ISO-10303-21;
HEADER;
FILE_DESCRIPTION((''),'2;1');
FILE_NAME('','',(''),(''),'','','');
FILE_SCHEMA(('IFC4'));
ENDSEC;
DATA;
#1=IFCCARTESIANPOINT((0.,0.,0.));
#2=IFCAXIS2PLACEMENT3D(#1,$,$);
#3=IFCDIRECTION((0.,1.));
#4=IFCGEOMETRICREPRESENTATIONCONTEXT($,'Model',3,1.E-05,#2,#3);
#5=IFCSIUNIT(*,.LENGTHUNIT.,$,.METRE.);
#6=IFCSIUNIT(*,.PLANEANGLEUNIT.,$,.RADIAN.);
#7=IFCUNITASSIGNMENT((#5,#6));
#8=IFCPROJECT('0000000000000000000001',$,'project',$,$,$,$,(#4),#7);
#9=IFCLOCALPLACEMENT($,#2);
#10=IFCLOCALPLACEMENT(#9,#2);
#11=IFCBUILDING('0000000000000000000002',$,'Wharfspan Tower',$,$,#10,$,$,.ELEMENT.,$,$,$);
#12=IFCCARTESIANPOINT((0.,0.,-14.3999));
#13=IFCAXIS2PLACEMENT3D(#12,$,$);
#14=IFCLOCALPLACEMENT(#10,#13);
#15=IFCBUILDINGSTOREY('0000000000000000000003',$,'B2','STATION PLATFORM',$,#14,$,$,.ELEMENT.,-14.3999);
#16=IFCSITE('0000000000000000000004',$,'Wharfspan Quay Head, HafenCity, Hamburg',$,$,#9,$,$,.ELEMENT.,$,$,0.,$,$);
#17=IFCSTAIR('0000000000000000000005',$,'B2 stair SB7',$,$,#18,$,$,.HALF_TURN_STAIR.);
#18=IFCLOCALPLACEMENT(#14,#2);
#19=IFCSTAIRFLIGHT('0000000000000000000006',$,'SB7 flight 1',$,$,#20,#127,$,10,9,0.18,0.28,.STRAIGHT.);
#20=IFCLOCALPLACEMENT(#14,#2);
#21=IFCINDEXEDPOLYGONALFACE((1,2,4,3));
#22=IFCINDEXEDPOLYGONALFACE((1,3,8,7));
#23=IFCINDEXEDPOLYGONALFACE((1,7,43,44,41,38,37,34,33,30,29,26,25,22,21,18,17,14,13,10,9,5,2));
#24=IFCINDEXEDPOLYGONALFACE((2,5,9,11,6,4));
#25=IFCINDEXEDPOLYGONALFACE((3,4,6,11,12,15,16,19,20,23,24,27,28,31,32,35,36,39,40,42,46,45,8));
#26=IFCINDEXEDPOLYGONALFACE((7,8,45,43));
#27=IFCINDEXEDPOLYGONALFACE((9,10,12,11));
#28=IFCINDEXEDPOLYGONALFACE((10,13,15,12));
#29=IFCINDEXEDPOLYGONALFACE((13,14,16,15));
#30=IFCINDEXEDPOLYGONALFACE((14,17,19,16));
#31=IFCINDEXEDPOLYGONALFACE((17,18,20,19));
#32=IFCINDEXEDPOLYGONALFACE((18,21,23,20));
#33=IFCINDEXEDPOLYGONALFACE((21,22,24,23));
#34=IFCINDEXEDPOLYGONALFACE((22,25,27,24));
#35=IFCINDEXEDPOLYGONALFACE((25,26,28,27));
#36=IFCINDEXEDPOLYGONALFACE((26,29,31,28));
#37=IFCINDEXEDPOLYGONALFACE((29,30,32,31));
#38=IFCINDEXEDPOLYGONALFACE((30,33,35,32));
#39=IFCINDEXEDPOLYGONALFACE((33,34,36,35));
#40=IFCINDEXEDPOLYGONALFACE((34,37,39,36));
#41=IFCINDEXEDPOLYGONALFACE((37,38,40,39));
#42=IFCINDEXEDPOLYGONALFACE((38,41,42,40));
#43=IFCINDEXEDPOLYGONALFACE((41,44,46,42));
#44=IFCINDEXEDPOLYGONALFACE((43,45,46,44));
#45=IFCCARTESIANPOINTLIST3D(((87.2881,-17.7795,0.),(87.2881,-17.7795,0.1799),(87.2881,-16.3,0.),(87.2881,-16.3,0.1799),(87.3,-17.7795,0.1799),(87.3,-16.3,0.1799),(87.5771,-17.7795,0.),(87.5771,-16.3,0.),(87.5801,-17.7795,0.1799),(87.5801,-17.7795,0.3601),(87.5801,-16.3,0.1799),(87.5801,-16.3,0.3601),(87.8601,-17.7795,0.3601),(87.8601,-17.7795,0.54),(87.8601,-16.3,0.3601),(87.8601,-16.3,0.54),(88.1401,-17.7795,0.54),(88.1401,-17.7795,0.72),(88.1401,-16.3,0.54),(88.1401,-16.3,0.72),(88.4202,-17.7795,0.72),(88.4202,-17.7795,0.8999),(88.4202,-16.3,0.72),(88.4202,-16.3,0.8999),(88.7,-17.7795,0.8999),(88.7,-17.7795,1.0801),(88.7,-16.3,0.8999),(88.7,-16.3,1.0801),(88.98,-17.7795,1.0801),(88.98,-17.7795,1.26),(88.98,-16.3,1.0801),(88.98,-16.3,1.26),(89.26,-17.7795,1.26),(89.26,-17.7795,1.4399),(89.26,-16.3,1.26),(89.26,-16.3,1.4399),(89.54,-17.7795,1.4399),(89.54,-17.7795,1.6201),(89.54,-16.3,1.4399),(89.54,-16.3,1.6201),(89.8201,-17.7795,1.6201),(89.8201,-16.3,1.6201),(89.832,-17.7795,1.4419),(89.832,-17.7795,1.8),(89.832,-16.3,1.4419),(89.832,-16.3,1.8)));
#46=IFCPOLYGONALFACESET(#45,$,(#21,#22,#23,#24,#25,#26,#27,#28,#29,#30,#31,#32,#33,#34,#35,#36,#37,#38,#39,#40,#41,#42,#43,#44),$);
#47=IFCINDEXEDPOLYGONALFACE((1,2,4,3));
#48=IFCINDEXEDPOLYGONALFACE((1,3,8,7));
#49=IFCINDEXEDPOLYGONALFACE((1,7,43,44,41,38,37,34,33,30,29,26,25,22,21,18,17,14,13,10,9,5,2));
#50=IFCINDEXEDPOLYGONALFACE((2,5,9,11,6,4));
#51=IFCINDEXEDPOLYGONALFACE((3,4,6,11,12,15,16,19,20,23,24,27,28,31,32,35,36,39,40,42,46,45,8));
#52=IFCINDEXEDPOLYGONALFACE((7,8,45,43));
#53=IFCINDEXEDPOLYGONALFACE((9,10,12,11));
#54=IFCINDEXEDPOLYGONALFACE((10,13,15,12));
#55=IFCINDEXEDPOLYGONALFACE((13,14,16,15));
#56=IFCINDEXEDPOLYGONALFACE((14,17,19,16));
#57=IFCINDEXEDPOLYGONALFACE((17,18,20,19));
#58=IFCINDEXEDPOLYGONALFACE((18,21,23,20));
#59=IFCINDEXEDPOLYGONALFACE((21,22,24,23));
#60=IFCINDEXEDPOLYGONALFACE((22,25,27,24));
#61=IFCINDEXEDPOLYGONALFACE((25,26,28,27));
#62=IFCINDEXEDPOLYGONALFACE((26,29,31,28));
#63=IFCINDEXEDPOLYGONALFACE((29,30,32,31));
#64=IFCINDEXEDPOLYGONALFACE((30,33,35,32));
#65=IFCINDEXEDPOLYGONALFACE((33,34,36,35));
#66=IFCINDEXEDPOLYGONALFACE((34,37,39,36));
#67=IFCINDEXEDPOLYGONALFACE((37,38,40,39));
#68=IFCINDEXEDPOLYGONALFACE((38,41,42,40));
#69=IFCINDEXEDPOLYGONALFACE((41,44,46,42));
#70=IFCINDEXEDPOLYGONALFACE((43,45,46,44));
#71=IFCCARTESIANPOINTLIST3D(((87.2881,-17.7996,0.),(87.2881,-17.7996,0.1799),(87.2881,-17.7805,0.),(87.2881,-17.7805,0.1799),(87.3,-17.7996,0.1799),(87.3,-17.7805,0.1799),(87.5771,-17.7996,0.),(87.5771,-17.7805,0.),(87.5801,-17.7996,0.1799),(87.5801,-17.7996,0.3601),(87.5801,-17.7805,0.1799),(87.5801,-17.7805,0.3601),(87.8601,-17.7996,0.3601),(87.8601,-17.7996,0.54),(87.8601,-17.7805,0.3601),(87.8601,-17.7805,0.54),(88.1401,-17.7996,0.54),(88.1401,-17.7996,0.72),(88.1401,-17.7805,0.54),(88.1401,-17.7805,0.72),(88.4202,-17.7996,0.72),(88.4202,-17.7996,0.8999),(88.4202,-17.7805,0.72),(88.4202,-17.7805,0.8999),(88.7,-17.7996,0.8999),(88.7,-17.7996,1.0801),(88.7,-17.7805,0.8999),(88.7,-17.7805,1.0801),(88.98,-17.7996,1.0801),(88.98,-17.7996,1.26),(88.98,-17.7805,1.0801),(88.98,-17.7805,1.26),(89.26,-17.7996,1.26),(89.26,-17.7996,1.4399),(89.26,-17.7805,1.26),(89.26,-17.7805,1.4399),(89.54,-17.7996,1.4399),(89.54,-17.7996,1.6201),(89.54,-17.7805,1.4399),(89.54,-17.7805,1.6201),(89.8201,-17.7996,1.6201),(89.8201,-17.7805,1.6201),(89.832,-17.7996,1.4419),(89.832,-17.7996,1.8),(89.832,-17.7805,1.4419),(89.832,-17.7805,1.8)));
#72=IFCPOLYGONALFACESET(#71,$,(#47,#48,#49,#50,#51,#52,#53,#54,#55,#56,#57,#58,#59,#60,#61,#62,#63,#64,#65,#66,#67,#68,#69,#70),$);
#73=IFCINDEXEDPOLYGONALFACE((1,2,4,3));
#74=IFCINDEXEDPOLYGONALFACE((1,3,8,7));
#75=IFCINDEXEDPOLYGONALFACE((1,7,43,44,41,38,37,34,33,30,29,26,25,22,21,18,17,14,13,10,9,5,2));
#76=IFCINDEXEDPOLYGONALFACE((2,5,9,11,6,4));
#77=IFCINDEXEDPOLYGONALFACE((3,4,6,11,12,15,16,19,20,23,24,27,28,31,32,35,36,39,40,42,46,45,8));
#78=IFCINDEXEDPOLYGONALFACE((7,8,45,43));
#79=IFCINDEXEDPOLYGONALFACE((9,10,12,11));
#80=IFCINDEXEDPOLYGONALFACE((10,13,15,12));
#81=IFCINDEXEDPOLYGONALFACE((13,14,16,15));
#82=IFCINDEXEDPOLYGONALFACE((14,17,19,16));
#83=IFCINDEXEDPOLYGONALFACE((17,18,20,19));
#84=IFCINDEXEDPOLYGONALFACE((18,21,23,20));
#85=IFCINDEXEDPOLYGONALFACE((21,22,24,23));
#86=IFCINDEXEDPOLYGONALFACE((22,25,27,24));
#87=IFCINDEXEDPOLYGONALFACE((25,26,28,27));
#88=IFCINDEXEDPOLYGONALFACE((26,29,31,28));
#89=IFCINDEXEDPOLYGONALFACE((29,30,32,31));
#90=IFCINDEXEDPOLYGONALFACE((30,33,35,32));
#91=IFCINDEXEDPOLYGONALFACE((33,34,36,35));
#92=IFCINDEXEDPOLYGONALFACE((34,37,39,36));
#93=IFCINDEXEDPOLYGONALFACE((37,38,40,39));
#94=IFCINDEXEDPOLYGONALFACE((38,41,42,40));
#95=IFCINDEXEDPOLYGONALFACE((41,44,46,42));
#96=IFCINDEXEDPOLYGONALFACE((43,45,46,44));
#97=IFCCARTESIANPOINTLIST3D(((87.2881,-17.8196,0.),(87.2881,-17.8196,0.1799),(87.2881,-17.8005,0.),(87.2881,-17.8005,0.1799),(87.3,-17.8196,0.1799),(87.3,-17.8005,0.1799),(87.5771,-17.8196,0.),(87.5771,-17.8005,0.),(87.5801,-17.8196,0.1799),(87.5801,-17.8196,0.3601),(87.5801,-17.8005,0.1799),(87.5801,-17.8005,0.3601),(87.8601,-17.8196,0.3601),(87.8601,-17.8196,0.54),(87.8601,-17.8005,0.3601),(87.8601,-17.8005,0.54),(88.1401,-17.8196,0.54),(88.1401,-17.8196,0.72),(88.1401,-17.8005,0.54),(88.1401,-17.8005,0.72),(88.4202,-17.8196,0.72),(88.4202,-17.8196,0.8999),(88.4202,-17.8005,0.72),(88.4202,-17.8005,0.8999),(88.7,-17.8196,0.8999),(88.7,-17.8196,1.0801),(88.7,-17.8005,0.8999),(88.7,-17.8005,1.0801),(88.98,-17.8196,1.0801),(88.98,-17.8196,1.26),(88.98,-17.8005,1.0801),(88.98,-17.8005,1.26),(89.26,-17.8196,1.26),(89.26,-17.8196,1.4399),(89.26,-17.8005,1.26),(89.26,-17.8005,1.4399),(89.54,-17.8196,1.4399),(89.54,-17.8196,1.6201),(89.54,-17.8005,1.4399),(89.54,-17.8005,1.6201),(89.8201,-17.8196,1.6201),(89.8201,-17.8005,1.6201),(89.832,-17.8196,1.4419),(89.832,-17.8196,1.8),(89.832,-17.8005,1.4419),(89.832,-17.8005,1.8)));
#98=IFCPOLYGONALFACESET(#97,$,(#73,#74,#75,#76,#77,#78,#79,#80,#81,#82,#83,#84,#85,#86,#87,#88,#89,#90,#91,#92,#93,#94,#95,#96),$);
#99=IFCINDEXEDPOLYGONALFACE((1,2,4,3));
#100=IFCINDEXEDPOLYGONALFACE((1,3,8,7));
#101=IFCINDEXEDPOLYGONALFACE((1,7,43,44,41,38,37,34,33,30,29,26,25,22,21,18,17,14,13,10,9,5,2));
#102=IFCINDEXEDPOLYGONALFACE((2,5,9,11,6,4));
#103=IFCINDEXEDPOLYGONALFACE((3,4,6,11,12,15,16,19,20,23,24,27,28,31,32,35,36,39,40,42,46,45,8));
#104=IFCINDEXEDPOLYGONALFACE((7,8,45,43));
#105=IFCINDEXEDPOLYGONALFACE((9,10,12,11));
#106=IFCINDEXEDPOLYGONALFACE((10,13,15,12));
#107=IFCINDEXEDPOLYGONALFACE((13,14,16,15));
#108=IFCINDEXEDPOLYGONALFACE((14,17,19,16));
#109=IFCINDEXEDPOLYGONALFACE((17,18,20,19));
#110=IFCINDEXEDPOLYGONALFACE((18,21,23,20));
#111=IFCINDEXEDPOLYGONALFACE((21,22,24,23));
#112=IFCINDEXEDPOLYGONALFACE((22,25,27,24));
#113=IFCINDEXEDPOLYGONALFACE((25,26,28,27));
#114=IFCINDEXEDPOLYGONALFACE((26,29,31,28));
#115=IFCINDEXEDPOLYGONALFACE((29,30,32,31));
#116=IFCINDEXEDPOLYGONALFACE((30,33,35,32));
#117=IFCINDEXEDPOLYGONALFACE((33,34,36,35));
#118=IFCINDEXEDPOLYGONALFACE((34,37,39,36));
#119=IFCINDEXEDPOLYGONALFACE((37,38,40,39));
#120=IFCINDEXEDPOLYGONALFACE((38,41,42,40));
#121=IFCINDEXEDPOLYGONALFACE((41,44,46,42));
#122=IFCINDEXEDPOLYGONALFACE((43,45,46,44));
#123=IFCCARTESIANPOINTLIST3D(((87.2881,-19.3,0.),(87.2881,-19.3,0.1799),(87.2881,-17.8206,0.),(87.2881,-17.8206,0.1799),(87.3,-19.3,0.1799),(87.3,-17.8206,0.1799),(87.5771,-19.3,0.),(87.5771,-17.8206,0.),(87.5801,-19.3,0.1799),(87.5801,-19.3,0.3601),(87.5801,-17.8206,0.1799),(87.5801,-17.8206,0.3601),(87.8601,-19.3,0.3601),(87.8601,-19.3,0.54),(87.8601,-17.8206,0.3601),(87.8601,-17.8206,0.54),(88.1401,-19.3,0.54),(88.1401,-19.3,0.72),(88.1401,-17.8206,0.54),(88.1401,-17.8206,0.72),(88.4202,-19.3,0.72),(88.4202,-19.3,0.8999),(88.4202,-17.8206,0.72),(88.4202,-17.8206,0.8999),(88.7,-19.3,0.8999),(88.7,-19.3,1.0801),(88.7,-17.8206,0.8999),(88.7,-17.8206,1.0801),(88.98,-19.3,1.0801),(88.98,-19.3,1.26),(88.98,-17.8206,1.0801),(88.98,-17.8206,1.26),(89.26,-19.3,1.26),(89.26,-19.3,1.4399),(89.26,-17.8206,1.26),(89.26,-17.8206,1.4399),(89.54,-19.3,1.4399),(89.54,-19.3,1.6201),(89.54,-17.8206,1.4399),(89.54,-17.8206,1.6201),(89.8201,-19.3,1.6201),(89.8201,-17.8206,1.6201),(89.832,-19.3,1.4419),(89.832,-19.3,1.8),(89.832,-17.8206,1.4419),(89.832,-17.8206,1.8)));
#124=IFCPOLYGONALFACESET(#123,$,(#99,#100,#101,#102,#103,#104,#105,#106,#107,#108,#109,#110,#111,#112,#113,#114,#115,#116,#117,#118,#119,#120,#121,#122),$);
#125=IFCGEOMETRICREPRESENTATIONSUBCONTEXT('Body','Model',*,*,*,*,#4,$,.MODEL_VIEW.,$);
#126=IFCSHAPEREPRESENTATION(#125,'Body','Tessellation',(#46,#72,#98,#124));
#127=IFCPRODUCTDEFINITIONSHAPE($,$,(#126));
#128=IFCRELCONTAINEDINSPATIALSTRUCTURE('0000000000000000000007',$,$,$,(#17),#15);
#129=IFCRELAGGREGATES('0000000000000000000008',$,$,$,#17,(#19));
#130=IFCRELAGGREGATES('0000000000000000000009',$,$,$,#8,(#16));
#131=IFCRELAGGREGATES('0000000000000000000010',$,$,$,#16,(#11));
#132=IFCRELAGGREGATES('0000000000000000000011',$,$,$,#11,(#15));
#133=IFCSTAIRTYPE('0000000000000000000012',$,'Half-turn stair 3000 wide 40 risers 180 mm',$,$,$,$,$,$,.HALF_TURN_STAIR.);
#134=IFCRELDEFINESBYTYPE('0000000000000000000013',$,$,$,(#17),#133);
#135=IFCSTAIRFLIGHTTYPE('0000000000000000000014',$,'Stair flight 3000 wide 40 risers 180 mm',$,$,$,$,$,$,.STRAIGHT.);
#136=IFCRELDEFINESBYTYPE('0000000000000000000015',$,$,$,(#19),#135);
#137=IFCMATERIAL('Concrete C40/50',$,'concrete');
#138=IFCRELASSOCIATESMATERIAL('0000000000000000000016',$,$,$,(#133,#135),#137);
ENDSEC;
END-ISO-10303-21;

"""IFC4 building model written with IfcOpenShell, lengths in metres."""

from ifc_helpers import new_model, si_unit, direction, frame, origin, place, context, subcontext, project, spatial, polyline, outline, extrude, material, type_object, element, aggregate, save


model = new_model("IFC4")

# Units and contexts
model_context = context("Model", 3, precision=1e-05, world=origin(), true_north=direction((0.0, 1.0)))
body_context = subcontext(model_context, "Body", "Model", "MODEL_VIEW")
ifc_project = project(units=[si_unit("LENGTHUNIT", "METRE"), si_unit("PLANEANGLEUNIT", "RADIAN")], contexts=[model_context])

# Site, building, storey
site_placement = place(None, origin())
site = spatial("IfcSite", under=ifc_project, at=site_placement, Name="Wharfspan Quay Head, HafenCity, Hamburg", CompositionType="ELEMENT", RefElevation=0.0)
building_placement = place(site_placement, origin())
building = spatial("IfcBuilding", under=site, at=building_placement, Name="Wharfspan Tower", CompositionType="ELEMENT")
storey_placement = place(building_placement, frame((0.0, 0.0, -14.3999)))
storey = spatial("IfcBuildingStorey", under=building, at=storey_placement, Name="B2", Description="STATION PLATFORM", CompositionType="ELEMENT", Elevation=-14.3999)

# Shared definitions
ifc_material_1 = material(Name="Concrete C40/50", Category="concrete")

# Stair, stair flight
stair_type = type_object("IfcStairType", Name="Half-turn stair 3000 wide 40 risers 180 mm", PredefinedType="HALF_TURN_STAIR", material=ifc_material_1)
stair_placement = place(storey_placement, origin())
stair = element("IfcStair", 1, at=stair_placement, inside=storey, type_object=stair_type, Name="B2 stair SB7", PredefinedType="HALF_TURN_STAIR")
stair_flight_type = type_object("IfcStairFlightType", Name="Stair flight 3000 wide 40 risers 180 mm", PredefinedType="STRAIGHT", material=ifc_material_1)
stair_flight_1_placement = place(storey_placement, frame((87.3, -17.8, 0.0), z_axis=(0.0, 0.0, 1.0), x_axis=(1.0, 0.0, 0.0)))
stair_flight_1 = element("IfcStairFlight", 2, at=stair_flight_1_placement, type_object=stair_flight_type, Name="SB7 flight 1", NumberOfRisers=10, NumberOfTreads=9, PredefinedType="STRAIGHT", RiserHeight=0.18, TreadLength=0.28, context=body_context, shape_type="SweptSolid", body=[
    extrude(outline(polyline([(-0.012, 0.0), (-0.012, 0.1799), (0.0, 0.1799), (0.28, 0.1799), (0.28, 0.3601), (0.5601, 0.3601), (0.5601, 0.54), (0.8401, 0.54), (0.8401, 0.72), (1.1201, 0.72), (1.1201, 0.8999), (1.3999, 0.8999), (1.3999, 1.0801), (1.6799, 1.0801), (1.6799, 1.26), (1.96, 1.26), (1.96, 1.4399), (2.24, 1.4399), (2.24, 1.6201), (2.52, 1.6201), (2.532, 1.8), (2.532, 1.4419), (0.2771, 0.0), (-0.012, 0.0)])), frame((0.0, 1.5, 0.0), z_axis=(0.0, -1.0, 0.0), x_axis=(1.0, 0.0, 0.0)), (0.0, 0.0, 1.0), 1.4795),
    extrude(outline(polyline([(-0.012, 0.0), (-0.012, 0.1799), (0.0, 0.1799), (0.28, 0.1799), (0.28, 0.3601), (0.5601, 0.3601), (0.5601, 0.54), (0.8401, 0.54), (0.8401, 0.72), (1.1201, 0.72), (1.1201, 0.8999), (1.3999, 0.8999), (1.3999, 1.0801), (1.6799, 1.0801), (1.6799, 1.26), (1.96, 1.26), (1.96, 1.4399), (2.24, 1.4399), (2.24, 1.6201), (2.52, 1.6201), (2.532, 1.8), (2.532, 1.4419), (0.2771, 0.0), (-0.012, 0.0)])), frame((0.0, 0.0195, 0.0), z_axis=(0.0, -1.0, 0.0), x_axis=(1.0, 0.0, 0.0)), (0.0, 0.0, 1.0), 0.019),
    extrude(outline(polyline([(-0.012, 0.0), (-0.012, 0.1799), (0.0, 0.1799), (0.28, 0.1799), (0.28, 0.3601), (0.5601, 0.3601), (0.5601, 0.54), (0.8401, 0.54), (0.8401, 0.72), (1.1201, 0.72), (1.1201, 0.8999), (1.3999, 0.8999), (1.3999, 1.0801), (1.6799, 1.0801), (1.6799, 1.26), (1.96, 1.26), (1.96, 1.4399), (2.24, 1.4399), (2.24, 1.6201), (2.52, 1.6201), (2.532, 1.8), (2.532, 1.4419), (0.2771, 0.0), (-0.012, 0.0)])), frame((0.0, -0.0005, 0.0), z_axis=(0.0, -1.0, 0.0), x_axis=(1.0, 0.0, 0.0)), (0.0, 0.0, 1.0), 0.019),
    extrude(outline(polyline([(-0.012, 0.0), (-0.012, 0.1799), (0.0, 0.1799), (0.28, 0.1799), (0.28, 0.3601), (0.5601, 0.3601), (0.5601, 0.54), (0.8401, 0.54), (0.8401, 0.72), (1.1201, 0.72), (1.1201, 0.8999), (1.3999, 0.8999), (1.3999, 1.0801), (1.6799, 1.0801), (1.6799, 1.26), (1.96, 1.26), (1.96, 1.4399), (2.24, 1.4399), (2.24, 1.6201), (2.52, 1.6201), (2.532, 1.8), (2.532, 1.4419), (0.2771, 0.0), (-0.012, 0.0)])), frame((0.0, -0.0205, 0.0), z_axis=(0.0, -1.0, 0.0), x_axis=(1.0, 0.0, 0.0)), (0.0, 0.0, 1.0), 1.4795),
])
aggregate(stair, [stair_flight_1])

save(model, "model.ifc")
